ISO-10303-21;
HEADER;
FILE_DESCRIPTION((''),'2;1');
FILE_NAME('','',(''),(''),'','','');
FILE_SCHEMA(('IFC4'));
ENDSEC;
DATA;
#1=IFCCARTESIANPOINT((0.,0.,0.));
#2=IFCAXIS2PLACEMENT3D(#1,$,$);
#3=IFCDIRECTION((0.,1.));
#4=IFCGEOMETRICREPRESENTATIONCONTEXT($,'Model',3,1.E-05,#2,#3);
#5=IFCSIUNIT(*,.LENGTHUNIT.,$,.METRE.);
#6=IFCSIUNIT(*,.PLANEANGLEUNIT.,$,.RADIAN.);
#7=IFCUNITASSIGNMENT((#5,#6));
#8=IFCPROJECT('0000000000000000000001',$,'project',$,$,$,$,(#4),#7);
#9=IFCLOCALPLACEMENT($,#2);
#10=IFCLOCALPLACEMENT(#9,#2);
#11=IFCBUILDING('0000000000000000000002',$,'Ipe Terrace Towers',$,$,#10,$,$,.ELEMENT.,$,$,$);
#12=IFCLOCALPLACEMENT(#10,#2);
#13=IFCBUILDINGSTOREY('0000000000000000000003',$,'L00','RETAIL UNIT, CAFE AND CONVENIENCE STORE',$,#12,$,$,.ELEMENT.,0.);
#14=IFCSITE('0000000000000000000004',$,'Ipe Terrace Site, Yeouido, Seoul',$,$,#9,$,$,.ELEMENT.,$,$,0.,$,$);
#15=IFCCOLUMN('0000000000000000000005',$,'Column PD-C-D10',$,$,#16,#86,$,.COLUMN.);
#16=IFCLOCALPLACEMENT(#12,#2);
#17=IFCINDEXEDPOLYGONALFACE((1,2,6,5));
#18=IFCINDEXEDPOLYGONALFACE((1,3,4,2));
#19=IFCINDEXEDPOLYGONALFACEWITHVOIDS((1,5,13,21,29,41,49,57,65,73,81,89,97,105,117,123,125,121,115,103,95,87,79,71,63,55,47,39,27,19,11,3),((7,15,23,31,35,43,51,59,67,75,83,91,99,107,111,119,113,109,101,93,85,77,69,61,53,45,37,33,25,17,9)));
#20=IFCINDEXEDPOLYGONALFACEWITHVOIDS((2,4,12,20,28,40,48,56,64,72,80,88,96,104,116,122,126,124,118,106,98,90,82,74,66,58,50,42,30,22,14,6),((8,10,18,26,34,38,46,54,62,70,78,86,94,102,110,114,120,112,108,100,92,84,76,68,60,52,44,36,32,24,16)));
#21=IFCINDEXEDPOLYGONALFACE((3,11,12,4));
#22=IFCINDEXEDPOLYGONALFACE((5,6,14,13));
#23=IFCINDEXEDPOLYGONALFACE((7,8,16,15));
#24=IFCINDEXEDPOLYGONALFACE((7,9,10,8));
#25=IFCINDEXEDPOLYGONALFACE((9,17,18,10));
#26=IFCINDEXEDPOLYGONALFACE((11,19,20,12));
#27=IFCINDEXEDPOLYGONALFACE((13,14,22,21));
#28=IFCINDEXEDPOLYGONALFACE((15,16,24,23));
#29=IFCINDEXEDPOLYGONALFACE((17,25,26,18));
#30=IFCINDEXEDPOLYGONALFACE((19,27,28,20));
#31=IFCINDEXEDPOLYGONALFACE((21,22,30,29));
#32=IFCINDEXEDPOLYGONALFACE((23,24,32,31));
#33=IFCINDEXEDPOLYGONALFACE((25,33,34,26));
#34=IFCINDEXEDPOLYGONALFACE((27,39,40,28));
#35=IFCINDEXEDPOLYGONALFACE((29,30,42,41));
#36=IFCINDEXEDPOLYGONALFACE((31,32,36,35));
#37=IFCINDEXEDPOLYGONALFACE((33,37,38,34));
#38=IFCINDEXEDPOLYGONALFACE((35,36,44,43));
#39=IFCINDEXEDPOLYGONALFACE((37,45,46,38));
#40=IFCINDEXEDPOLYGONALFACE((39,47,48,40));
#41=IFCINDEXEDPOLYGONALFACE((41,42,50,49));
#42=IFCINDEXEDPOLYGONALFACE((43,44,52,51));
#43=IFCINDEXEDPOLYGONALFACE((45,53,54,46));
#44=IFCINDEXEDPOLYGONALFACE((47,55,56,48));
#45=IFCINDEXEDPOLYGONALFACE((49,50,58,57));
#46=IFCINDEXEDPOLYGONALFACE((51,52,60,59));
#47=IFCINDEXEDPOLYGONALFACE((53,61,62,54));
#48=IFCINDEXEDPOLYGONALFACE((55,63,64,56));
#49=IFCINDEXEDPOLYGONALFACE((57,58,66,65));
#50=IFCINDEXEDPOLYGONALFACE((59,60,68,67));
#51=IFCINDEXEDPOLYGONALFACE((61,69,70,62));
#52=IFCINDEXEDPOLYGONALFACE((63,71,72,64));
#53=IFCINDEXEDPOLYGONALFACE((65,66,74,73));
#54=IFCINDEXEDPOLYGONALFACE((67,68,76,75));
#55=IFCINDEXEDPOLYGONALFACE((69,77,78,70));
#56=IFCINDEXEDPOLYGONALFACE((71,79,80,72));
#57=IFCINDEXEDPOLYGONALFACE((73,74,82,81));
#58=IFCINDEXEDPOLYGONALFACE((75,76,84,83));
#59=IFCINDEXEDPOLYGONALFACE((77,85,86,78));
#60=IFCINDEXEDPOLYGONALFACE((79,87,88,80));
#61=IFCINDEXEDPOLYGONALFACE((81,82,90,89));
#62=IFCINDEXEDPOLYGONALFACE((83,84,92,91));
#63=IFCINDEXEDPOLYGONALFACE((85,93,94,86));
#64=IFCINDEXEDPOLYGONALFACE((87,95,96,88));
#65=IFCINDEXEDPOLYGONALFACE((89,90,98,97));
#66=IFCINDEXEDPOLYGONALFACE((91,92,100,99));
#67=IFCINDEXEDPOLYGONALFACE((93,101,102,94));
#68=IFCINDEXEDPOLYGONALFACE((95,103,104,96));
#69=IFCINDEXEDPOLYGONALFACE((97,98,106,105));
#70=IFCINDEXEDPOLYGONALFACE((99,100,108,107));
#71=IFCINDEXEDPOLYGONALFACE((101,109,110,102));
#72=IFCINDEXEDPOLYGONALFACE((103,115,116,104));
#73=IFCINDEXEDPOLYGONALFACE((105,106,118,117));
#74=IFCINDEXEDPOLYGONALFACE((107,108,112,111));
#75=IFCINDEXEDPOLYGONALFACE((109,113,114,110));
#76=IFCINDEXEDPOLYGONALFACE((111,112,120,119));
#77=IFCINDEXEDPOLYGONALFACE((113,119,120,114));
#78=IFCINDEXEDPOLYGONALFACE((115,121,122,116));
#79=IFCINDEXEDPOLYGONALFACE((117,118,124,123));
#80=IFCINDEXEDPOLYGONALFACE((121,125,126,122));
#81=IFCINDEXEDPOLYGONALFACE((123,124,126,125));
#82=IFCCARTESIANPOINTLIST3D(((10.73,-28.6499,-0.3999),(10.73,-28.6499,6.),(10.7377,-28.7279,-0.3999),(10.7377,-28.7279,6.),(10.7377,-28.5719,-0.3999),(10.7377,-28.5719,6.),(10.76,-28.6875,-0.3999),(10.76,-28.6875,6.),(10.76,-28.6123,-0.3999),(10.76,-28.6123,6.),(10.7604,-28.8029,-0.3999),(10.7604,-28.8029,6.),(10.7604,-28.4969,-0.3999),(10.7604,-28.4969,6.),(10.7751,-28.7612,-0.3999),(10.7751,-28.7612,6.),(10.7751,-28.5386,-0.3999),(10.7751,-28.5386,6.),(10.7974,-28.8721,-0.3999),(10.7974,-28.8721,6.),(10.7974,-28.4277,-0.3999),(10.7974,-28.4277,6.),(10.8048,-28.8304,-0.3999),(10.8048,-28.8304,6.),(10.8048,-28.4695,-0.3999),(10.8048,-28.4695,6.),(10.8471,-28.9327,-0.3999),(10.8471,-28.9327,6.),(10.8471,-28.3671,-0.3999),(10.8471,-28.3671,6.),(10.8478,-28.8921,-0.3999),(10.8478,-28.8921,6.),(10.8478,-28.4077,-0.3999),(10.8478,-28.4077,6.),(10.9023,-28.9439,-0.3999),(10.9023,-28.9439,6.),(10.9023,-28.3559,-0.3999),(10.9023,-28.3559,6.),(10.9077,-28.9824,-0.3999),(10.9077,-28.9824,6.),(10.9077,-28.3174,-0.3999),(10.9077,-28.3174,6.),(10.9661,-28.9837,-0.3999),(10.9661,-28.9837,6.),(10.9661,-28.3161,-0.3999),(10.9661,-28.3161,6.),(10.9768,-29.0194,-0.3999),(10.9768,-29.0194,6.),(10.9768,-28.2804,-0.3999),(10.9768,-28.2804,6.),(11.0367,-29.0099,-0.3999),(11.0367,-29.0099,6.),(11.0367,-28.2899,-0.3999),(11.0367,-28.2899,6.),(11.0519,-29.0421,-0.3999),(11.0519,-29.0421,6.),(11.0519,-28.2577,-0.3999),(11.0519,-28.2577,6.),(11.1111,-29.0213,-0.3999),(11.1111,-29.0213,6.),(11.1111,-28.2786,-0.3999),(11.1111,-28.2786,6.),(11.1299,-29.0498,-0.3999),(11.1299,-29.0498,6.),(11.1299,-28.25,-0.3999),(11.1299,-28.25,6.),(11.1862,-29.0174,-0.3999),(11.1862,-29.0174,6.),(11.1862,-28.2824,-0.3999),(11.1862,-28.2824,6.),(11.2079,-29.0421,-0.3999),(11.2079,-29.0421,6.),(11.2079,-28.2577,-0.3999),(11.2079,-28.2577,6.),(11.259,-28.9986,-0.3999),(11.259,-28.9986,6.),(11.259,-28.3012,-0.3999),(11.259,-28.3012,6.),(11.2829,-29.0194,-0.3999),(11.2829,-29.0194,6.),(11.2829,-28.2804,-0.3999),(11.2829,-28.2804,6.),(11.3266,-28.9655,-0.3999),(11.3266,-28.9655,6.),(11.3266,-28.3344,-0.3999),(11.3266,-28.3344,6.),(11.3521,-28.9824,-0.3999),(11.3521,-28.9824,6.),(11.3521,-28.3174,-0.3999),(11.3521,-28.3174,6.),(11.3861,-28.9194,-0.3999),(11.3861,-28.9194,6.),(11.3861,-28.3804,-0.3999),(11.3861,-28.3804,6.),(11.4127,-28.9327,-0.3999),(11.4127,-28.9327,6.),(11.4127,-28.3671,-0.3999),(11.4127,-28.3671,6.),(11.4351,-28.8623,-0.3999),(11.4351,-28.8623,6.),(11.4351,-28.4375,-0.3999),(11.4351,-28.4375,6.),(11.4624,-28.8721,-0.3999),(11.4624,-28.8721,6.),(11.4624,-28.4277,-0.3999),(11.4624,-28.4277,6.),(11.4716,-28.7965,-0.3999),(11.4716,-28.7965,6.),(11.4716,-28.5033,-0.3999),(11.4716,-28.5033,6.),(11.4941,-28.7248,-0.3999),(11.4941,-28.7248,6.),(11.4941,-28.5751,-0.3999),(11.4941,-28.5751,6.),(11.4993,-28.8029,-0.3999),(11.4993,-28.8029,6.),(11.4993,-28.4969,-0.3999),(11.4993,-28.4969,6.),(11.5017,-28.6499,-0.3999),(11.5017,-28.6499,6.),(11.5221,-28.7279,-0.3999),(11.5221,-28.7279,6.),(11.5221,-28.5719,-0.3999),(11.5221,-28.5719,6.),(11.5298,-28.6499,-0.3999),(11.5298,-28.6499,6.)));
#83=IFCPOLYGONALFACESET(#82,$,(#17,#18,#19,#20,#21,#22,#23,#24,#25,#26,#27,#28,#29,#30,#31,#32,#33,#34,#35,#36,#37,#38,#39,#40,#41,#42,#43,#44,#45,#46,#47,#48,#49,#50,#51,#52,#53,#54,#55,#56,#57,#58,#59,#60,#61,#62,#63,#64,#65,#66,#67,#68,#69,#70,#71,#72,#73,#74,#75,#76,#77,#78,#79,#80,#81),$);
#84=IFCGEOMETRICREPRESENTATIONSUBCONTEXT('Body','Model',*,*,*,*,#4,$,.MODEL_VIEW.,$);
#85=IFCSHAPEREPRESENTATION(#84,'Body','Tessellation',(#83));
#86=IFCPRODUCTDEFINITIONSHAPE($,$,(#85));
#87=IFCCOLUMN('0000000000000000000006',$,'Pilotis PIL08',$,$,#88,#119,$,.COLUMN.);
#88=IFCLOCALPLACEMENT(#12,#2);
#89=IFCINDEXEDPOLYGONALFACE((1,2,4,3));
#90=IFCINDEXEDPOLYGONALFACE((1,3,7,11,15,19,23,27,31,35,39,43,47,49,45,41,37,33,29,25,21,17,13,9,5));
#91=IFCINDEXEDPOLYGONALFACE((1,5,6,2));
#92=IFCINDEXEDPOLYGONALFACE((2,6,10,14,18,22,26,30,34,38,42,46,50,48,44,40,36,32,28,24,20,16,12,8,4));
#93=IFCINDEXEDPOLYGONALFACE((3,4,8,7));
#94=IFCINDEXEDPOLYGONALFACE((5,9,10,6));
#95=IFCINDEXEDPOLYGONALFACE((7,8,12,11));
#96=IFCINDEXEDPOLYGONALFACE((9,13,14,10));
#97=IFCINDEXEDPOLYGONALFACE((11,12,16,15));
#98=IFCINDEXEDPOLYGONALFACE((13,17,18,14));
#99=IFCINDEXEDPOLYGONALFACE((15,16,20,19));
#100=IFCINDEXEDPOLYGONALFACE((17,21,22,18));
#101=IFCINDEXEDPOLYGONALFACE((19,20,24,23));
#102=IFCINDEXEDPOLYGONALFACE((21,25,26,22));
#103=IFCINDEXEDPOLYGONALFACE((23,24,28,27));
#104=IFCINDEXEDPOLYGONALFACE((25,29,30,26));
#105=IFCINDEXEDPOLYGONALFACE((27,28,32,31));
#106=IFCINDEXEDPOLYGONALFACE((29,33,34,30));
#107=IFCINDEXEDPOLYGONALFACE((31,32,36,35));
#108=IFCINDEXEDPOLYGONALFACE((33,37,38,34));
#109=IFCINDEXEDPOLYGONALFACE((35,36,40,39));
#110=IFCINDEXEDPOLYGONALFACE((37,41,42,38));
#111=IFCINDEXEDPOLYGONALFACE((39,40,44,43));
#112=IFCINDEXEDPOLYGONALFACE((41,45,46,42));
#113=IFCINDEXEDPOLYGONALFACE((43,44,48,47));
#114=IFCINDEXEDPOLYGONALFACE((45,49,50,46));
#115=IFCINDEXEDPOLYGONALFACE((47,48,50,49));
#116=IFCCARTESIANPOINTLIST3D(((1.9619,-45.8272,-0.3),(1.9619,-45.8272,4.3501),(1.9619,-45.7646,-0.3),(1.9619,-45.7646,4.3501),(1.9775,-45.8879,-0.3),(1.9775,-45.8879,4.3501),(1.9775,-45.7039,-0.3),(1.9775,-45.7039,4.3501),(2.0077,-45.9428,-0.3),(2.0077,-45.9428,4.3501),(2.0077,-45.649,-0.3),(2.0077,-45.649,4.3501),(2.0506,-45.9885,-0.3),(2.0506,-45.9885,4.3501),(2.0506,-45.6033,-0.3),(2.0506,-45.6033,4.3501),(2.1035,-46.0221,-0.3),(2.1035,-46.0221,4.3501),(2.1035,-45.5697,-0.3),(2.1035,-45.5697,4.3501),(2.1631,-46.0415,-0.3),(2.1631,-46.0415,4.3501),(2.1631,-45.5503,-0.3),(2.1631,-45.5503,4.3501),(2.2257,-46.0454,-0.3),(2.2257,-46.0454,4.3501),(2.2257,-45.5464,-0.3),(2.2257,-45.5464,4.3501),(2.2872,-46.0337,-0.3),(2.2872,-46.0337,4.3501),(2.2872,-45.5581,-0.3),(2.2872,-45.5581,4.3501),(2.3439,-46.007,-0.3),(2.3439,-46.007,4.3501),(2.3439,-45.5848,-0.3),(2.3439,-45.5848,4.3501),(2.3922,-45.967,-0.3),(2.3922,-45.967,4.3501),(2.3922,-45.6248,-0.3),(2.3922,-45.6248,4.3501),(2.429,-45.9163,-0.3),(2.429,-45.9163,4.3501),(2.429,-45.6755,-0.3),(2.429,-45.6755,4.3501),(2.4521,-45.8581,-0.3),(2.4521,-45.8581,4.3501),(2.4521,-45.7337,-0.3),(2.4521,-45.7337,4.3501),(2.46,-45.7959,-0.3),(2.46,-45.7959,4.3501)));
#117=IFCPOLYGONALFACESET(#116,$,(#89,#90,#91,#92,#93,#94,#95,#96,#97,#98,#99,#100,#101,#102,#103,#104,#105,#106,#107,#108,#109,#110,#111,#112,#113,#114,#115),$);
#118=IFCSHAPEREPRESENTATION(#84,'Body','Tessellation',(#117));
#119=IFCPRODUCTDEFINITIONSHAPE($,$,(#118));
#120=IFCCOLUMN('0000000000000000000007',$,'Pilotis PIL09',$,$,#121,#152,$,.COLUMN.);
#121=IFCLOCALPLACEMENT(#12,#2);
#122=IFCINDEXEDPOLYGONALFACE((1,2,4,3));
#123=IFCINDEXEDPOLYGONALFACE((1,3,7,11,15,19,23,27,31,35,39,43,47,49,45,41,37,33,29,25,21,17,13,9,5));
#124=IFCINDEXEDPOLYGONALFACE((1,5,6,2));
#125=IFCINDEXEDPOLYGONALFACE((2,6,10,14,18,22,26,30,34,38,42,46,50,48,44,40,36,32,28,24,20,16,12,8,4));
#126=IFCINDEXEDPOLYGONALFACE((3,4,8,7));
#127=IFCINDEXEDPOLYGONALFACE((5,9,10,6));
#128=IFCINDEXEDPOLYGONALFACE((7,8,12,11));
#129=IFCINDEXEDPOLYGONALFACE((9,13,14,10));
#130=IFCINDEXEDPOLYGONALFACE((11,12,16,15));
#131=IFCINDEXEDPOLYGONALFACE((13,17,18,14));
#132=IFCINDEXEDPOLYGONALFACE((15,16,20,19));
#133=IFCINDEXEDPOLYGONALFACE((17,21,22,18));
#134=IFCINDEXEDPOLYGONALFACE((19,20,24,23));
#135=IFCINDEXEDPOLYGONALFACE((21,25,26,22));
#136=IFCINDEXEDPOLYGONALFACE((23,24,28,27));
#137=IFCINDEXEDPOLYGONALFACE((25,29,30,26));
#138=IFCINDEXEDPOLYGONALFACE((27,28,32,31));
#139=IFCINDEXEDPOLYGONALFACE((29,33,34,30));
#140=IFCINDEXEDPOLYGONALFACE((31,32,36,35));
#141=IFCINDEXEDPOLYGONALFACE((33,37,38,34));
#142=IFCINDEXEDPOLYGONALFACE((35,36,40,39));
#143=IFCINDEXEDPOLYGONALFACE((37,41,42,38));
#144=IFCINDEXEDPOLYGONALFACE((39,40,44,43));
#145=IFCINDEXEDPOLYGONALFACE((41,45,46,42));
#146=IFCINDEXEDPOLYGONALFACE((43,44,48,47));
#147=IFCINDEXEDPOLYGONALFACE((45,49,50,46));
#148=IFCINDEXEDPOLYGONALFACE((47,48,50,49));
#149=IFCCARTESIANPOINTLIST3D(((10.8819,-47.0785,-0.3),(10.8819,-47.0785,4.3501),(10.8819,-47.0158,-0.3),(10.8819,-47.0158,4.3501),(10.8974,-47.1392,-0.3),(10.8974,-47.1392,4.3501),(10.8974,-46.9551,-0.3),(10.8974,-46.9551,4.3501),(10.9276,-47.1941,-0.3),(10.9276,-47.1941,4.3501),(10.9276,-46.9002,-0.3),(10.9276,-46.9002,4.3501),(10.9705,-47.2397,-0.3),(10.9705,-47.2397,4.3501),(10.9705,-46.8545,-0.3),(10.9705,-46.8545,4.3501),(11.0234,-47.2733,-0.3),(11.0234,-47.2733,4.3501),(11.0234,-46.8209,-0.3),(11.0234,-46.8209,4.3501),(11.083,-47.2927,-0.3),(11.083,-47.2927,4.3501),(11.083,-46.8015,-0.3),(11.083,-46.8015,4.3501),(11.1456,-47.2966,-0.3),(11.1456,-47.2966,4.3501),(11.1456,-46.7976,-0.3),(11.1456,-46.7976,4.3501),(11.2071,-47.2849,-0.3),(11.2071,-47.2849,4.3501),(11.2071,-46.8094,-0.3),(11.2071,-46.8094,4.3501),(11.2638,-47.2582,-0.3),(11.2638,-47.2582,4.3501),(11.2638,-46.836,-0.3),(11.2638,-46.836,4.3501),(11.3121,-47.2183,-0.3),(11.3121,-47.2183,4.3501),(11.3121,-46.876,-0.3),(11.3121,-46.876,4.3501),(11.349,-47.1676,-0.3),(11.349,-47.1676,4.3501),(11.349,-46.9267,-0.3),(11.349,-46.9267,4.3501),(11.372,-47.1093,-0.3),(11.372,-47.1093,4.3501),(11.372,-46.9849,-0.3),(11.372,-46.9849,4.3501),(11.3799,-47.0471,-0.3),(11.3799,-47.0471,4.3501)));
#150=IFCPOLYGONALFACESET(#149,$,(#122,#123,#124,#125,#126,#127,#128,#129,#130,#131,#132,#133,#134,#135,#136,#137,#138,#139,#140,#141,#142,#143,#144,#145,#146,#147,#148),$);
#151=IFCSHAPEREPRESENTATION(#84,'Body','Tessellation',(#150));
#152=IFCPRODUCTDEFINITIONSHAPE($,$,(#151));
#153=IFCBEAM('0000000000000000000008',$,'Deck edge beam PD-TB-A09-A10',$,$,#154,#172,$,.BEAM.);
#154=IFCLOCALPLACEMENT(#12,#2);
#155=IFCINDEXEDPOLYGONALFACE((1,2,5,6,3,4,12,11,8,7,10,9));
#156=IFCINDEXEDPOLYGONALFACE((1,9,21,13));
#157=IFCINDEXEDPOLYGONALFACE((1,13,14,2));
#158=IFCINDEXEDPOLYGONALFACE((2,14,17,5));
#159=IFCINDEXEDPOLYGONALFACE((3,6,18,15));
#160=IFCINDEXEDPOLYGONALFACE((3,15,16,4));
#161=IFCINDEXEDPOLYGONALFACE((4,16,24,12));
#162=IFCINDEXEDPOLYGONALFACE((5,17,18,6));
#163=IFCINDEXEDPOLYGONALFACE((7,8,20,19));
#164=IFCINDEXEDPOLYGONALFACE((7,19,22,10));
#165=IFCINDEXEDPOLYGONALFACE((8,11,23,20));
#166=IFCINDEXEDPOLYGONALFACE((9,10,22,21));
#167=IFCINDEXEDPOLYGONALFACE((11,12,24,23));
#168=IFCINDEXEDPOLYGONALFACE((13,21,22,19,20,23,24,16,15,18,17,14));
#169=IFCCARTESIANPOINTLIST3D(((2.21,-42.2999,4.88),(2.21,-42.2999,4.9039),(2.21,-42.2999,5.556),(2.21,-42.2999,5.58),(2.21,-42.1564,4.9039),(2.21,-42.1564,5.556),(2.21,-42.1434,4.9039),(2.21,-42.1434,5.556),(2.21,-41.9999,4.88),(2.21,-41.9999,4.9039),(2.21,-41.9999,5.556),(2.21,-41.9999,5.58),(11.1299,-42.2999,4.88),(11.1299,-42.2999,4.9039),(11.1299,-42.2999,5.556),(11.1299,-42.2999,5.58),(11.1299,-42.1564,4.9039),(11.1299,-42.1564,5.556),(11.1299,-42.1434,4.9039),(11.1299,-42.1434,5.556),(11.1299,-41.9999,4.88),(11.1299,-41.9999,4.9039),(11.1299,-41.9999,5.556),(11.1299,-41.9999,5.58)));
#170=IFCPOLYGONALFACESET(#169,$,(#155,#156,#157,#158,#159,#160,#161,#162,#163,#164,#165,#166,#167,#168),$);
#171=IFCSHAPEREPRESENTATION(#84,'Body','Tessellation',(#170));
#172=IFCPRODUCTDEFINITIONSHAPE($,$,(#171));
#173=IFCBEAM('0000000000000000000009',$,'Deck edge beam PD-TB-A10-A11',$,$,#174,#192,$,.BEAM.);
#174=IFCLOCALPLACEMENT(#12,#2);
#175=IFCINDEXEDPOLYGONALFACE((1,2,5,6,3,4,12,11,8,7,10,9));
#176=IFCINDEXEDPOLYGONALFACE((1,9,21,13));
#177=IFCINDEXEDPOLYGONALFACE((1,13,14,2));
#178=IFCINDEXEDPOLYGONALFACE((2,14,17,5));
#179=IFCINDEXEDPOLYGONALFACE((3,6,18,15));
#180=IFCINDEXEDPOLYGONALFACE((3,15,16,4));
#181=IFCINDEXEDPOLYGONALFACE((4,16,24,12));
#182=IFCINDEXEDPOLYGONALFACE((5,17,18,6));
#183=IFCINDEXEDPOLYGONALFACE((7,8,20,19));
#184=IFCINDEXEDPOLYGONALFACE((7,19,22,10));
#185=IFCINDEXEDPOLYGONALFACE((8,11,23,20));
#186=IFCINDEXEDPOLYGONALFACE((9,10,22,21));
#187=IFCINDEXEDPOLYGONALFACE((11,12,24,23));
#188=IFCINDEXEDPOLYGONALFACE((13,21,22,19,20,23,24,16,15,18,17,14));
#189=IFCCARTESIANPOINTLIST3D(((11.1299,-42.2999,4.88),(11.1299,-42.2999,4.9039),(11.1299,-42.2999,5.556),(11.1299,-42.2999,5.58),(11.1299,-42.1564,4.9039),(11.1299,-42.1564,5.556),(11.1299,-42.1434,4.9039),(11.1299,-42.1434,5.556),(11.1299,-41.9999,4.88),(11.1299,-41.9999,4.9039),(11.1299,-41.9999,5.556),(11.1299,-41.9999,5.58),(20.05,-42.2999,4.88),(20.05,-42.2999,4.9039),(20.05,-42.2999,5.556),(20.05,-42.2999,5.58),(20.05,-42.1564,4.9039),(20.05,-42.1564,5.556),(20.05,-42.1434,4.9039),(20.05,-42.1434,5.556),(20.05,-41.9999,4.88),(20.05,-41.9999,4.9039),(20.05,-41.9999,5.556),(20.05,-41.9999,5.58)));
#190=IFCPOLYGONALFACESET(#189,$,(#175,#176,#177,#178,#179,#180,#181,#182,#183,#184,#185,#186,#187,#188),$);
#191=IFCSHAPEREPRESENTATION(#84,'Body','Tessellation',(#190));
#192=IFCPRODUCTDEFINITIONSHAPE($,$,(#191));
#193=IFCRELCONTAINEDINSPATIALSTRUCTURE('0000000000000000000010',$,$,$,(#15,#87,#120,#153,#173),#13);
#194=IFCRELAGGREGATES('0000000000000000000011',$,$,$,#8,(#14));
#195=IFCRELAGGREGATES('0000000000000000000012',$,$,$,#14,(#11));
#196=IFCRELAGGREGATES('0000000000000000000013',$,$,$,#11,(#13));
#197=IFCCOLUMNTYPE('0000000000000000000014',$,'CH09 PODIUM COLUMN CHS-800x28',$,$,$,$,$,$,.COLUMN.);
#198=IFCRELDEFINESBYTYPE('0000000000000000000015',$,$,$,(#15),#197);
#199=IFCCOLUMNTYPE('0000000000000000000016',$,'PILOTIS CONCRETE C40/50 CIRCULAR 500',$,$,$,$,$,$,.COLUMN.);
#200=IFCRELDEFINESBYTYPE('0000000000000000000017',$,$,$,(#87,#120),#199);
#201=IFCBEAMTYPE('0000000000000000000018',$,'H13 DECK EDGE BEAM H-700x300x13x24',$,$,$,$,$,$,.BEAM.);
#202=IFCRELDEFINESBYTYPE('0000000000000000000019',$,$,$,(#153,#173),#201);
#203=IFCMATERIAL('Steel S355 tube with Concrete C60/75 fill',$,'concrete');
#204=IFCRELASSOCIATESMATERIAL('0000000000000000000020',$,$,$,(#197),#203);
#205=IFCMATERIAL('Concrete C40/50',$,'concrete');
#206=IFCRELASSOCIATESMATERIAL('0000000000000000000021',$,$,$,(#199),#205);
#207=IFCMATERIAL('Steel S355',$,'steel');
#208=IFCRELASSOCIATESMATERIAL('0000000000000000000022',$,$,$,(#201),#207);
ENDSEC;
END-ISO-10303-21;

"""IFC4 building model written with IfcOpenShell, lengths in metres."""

from ifc_helpers import new_model, si_unit, direction, frame, origin, origin_2d, place, context, subcontext, project, spatial, circle, hollow_circle, i_section, extrude, material, material_profile, profile_set, type_object, element, save


model = new_model("IFC4")

# Units and contexts
model_context = context("Model", 3, precision=1e-05, world=origin(), true_north=direction((0.0, 1.0)))
body_context = subcontext(model_context, "Body", "Model", "MODEL_VIEW")
ifc_project = project(units=[si_unit("LENGTHUNIT", "METRE"), si_unit("PLANEANGLEUNIT", "RADIAN")], contexts=[model_context])

# Site, building, storey
site_placement = place(None, origin())
site = spatial("IfcSite", under=ifc_project, at=site_placement, Name="Ipe Terrace Site, Yeouido, Seoul", CompositionType="ELEMENT", RefElevation=0.0)
building_placement = place(site_placement, origin())
building = spatial("IfcBuilding", under=site, at=building_placement, Name="Ipe Terrace Towers", CompositionType="ELEMENT")
storey_placement = place(building_placement, origin())
storey = spatial("IfcBuildingStorey", under=building, at=storey_placement, Name="L00", Description="RETAIL UNIT, CAFE AND CONVENIENCE STORE", CompositionType="ELEMENT", Elevation=0.0)

# Columns
ifc_material_1 = material(Name="Steel S355 tube with Concrete C60/75 fill", Category="concrete")
ifc_material_profile_1 = material_profile(ifc_material_1, hollow_circle(Radius=0.3999, WallThickness=0.0281, at=origin_2d()), Name="CHS-800x28")
ifc_profile_set_1 = profile_set([ifc_material_profile_1], Name="Steel S355 tube with Concrete C60/75 fill")
column_type_1 = type_object("IfcColumnType", Name="CH09 PODIUM COLUMN CHS-800x28", PredefinedType="COLUMN", material=ifc_profile_set_1)
for number, where, z_axis, x_axis, name in (
    (1, (11.1299, -28.6499, -0.3999), (0.0, 0.0, 1.0), (1.0, 0.0, 0.0), "Column PD-C-D10"),
):
    element("IfcColumn", number, at=place(storey_placement, frame(where, z_axis=z_axis, x_axis=x_axis)), inside=storey, type_object=column_type_1, Name=name, PredefinedType="COLUMN", context=body_context, shape_type="SweptSolid", body=[
        extrude(hollow_circle(Radius=0.3999, WallThickness=0.0281, at=origin_2d()), origin(), (0.0, 0.0, 1.0), 6.3999),
    ])
ifc_material_2 = material(Name="Concrete C40/50", Category="concrete")
ifc_material_profile_2 = material_profile(ifc_material_2, circle(Radius=0.25, at=origin_2d()), Name="PILOTIS CONCRETE C40/50 CIRCULAR 500")
ifc_profile_set_2 = profile_set([ifc_material_profile_2], Name="Concrete C40/50")
column_type_2 = type_object("IfcColumnType", Name="PILOTIS CONCRETE C40/50 CIRCULAR 500", PredefinedType="COLUMN", material=ifc_profile_set_2)
for number, where, z_axis, x_axis, name in (
    (2, (2.21, -45.7959, -0.3), (0.0, 0.0, 1.0), (1.0, 0.0, 0.0), "Pilotis PIL08"),
    (3, (11.1299, -47.0471, -0.3), (0.0, 0.0, 1.0), (1.0, 0.0, 0.0), "Pilotis PIL09"),
):
    element("IfcColumn", number, at=place(storey_placement, frame(where, z_axis=z_axis, x_axis=x_axis)), inside=storey, type_object=column_type_2, Name=name, PredefinedType="COLUMN", context=body_context, shape_type="SweptSolid", body=[
        extrude(circle(Radius=0.25, at=origin_2d()), origin(), (0.0, 0.0, 1.0), 4.6501),
    ])

# Beams
ifc_material_3 = material(Name="Steel S355", Category="steel")
ifc_material_profile_3 = material_profile(ifc_material_3, i_section(OverallWidth=0.3, OverallDepth=0.7, WebThickness=0.0129, FlangeThickness=0.0239, at=origin_2d()), Name="H-700x300x13x24")
ifc_profile_set_3 = profile_set([ifc_material_profile_3], Name="Steel S355")
beam_type = type_object("IfcBeamType", Name="H13 DECK EDGE BEAM H-700x300x13x24", PredefinedType="BEAM", material=ifc_profile_set_3)
beam_1_placement = place(storey_placement, frame((2.21, -42.1499, 5.23), z_axis=(1.0, 0.0, 0.0), x_axis=(0.0, 1.0, 0.0)))
element("IfcBeam", 4, at=beam_1_placement, inside=storey, type_object=beam_type, Name="Deck edge beam PD-TB-A09-A10", PredefinedType="BEAM", context=body_context, shape_type="SweptSolid", body=[
    extrude(i_section(OverallWidth=0.3, OverallDepth=0.7, WebThickness=0.0129, FlangeThickness=0.0239, at=origin_2d()), origin(), (0.0, 0.0, 1.0), 8.9199),
])
beam_2_placement = place(storey_placement, frame((11.1299, -42.1499, 5.23), z_axis=(1.0, 0.0, 0.0), x_axis=(0.0, 1.0, 0.0)))
element("IfcBeam", 5, at=beam_2_placement, inside=storey, type_object=beam_type, Name="Deck edge beam PD-TB-A10-A11", PredefinedType="BEAM", context=body_context, shape_type="SweptSolid", body=[
    extrude(i_section(OverallWidth=0.3, OverallDepth=0.7, WebThickness=0.0129, FlangeThickness=0.0239, at=origin_2d()), origin(), (0.0, 0.0, 1.0), 8.9202),
])

save(model, "model.ifc")
